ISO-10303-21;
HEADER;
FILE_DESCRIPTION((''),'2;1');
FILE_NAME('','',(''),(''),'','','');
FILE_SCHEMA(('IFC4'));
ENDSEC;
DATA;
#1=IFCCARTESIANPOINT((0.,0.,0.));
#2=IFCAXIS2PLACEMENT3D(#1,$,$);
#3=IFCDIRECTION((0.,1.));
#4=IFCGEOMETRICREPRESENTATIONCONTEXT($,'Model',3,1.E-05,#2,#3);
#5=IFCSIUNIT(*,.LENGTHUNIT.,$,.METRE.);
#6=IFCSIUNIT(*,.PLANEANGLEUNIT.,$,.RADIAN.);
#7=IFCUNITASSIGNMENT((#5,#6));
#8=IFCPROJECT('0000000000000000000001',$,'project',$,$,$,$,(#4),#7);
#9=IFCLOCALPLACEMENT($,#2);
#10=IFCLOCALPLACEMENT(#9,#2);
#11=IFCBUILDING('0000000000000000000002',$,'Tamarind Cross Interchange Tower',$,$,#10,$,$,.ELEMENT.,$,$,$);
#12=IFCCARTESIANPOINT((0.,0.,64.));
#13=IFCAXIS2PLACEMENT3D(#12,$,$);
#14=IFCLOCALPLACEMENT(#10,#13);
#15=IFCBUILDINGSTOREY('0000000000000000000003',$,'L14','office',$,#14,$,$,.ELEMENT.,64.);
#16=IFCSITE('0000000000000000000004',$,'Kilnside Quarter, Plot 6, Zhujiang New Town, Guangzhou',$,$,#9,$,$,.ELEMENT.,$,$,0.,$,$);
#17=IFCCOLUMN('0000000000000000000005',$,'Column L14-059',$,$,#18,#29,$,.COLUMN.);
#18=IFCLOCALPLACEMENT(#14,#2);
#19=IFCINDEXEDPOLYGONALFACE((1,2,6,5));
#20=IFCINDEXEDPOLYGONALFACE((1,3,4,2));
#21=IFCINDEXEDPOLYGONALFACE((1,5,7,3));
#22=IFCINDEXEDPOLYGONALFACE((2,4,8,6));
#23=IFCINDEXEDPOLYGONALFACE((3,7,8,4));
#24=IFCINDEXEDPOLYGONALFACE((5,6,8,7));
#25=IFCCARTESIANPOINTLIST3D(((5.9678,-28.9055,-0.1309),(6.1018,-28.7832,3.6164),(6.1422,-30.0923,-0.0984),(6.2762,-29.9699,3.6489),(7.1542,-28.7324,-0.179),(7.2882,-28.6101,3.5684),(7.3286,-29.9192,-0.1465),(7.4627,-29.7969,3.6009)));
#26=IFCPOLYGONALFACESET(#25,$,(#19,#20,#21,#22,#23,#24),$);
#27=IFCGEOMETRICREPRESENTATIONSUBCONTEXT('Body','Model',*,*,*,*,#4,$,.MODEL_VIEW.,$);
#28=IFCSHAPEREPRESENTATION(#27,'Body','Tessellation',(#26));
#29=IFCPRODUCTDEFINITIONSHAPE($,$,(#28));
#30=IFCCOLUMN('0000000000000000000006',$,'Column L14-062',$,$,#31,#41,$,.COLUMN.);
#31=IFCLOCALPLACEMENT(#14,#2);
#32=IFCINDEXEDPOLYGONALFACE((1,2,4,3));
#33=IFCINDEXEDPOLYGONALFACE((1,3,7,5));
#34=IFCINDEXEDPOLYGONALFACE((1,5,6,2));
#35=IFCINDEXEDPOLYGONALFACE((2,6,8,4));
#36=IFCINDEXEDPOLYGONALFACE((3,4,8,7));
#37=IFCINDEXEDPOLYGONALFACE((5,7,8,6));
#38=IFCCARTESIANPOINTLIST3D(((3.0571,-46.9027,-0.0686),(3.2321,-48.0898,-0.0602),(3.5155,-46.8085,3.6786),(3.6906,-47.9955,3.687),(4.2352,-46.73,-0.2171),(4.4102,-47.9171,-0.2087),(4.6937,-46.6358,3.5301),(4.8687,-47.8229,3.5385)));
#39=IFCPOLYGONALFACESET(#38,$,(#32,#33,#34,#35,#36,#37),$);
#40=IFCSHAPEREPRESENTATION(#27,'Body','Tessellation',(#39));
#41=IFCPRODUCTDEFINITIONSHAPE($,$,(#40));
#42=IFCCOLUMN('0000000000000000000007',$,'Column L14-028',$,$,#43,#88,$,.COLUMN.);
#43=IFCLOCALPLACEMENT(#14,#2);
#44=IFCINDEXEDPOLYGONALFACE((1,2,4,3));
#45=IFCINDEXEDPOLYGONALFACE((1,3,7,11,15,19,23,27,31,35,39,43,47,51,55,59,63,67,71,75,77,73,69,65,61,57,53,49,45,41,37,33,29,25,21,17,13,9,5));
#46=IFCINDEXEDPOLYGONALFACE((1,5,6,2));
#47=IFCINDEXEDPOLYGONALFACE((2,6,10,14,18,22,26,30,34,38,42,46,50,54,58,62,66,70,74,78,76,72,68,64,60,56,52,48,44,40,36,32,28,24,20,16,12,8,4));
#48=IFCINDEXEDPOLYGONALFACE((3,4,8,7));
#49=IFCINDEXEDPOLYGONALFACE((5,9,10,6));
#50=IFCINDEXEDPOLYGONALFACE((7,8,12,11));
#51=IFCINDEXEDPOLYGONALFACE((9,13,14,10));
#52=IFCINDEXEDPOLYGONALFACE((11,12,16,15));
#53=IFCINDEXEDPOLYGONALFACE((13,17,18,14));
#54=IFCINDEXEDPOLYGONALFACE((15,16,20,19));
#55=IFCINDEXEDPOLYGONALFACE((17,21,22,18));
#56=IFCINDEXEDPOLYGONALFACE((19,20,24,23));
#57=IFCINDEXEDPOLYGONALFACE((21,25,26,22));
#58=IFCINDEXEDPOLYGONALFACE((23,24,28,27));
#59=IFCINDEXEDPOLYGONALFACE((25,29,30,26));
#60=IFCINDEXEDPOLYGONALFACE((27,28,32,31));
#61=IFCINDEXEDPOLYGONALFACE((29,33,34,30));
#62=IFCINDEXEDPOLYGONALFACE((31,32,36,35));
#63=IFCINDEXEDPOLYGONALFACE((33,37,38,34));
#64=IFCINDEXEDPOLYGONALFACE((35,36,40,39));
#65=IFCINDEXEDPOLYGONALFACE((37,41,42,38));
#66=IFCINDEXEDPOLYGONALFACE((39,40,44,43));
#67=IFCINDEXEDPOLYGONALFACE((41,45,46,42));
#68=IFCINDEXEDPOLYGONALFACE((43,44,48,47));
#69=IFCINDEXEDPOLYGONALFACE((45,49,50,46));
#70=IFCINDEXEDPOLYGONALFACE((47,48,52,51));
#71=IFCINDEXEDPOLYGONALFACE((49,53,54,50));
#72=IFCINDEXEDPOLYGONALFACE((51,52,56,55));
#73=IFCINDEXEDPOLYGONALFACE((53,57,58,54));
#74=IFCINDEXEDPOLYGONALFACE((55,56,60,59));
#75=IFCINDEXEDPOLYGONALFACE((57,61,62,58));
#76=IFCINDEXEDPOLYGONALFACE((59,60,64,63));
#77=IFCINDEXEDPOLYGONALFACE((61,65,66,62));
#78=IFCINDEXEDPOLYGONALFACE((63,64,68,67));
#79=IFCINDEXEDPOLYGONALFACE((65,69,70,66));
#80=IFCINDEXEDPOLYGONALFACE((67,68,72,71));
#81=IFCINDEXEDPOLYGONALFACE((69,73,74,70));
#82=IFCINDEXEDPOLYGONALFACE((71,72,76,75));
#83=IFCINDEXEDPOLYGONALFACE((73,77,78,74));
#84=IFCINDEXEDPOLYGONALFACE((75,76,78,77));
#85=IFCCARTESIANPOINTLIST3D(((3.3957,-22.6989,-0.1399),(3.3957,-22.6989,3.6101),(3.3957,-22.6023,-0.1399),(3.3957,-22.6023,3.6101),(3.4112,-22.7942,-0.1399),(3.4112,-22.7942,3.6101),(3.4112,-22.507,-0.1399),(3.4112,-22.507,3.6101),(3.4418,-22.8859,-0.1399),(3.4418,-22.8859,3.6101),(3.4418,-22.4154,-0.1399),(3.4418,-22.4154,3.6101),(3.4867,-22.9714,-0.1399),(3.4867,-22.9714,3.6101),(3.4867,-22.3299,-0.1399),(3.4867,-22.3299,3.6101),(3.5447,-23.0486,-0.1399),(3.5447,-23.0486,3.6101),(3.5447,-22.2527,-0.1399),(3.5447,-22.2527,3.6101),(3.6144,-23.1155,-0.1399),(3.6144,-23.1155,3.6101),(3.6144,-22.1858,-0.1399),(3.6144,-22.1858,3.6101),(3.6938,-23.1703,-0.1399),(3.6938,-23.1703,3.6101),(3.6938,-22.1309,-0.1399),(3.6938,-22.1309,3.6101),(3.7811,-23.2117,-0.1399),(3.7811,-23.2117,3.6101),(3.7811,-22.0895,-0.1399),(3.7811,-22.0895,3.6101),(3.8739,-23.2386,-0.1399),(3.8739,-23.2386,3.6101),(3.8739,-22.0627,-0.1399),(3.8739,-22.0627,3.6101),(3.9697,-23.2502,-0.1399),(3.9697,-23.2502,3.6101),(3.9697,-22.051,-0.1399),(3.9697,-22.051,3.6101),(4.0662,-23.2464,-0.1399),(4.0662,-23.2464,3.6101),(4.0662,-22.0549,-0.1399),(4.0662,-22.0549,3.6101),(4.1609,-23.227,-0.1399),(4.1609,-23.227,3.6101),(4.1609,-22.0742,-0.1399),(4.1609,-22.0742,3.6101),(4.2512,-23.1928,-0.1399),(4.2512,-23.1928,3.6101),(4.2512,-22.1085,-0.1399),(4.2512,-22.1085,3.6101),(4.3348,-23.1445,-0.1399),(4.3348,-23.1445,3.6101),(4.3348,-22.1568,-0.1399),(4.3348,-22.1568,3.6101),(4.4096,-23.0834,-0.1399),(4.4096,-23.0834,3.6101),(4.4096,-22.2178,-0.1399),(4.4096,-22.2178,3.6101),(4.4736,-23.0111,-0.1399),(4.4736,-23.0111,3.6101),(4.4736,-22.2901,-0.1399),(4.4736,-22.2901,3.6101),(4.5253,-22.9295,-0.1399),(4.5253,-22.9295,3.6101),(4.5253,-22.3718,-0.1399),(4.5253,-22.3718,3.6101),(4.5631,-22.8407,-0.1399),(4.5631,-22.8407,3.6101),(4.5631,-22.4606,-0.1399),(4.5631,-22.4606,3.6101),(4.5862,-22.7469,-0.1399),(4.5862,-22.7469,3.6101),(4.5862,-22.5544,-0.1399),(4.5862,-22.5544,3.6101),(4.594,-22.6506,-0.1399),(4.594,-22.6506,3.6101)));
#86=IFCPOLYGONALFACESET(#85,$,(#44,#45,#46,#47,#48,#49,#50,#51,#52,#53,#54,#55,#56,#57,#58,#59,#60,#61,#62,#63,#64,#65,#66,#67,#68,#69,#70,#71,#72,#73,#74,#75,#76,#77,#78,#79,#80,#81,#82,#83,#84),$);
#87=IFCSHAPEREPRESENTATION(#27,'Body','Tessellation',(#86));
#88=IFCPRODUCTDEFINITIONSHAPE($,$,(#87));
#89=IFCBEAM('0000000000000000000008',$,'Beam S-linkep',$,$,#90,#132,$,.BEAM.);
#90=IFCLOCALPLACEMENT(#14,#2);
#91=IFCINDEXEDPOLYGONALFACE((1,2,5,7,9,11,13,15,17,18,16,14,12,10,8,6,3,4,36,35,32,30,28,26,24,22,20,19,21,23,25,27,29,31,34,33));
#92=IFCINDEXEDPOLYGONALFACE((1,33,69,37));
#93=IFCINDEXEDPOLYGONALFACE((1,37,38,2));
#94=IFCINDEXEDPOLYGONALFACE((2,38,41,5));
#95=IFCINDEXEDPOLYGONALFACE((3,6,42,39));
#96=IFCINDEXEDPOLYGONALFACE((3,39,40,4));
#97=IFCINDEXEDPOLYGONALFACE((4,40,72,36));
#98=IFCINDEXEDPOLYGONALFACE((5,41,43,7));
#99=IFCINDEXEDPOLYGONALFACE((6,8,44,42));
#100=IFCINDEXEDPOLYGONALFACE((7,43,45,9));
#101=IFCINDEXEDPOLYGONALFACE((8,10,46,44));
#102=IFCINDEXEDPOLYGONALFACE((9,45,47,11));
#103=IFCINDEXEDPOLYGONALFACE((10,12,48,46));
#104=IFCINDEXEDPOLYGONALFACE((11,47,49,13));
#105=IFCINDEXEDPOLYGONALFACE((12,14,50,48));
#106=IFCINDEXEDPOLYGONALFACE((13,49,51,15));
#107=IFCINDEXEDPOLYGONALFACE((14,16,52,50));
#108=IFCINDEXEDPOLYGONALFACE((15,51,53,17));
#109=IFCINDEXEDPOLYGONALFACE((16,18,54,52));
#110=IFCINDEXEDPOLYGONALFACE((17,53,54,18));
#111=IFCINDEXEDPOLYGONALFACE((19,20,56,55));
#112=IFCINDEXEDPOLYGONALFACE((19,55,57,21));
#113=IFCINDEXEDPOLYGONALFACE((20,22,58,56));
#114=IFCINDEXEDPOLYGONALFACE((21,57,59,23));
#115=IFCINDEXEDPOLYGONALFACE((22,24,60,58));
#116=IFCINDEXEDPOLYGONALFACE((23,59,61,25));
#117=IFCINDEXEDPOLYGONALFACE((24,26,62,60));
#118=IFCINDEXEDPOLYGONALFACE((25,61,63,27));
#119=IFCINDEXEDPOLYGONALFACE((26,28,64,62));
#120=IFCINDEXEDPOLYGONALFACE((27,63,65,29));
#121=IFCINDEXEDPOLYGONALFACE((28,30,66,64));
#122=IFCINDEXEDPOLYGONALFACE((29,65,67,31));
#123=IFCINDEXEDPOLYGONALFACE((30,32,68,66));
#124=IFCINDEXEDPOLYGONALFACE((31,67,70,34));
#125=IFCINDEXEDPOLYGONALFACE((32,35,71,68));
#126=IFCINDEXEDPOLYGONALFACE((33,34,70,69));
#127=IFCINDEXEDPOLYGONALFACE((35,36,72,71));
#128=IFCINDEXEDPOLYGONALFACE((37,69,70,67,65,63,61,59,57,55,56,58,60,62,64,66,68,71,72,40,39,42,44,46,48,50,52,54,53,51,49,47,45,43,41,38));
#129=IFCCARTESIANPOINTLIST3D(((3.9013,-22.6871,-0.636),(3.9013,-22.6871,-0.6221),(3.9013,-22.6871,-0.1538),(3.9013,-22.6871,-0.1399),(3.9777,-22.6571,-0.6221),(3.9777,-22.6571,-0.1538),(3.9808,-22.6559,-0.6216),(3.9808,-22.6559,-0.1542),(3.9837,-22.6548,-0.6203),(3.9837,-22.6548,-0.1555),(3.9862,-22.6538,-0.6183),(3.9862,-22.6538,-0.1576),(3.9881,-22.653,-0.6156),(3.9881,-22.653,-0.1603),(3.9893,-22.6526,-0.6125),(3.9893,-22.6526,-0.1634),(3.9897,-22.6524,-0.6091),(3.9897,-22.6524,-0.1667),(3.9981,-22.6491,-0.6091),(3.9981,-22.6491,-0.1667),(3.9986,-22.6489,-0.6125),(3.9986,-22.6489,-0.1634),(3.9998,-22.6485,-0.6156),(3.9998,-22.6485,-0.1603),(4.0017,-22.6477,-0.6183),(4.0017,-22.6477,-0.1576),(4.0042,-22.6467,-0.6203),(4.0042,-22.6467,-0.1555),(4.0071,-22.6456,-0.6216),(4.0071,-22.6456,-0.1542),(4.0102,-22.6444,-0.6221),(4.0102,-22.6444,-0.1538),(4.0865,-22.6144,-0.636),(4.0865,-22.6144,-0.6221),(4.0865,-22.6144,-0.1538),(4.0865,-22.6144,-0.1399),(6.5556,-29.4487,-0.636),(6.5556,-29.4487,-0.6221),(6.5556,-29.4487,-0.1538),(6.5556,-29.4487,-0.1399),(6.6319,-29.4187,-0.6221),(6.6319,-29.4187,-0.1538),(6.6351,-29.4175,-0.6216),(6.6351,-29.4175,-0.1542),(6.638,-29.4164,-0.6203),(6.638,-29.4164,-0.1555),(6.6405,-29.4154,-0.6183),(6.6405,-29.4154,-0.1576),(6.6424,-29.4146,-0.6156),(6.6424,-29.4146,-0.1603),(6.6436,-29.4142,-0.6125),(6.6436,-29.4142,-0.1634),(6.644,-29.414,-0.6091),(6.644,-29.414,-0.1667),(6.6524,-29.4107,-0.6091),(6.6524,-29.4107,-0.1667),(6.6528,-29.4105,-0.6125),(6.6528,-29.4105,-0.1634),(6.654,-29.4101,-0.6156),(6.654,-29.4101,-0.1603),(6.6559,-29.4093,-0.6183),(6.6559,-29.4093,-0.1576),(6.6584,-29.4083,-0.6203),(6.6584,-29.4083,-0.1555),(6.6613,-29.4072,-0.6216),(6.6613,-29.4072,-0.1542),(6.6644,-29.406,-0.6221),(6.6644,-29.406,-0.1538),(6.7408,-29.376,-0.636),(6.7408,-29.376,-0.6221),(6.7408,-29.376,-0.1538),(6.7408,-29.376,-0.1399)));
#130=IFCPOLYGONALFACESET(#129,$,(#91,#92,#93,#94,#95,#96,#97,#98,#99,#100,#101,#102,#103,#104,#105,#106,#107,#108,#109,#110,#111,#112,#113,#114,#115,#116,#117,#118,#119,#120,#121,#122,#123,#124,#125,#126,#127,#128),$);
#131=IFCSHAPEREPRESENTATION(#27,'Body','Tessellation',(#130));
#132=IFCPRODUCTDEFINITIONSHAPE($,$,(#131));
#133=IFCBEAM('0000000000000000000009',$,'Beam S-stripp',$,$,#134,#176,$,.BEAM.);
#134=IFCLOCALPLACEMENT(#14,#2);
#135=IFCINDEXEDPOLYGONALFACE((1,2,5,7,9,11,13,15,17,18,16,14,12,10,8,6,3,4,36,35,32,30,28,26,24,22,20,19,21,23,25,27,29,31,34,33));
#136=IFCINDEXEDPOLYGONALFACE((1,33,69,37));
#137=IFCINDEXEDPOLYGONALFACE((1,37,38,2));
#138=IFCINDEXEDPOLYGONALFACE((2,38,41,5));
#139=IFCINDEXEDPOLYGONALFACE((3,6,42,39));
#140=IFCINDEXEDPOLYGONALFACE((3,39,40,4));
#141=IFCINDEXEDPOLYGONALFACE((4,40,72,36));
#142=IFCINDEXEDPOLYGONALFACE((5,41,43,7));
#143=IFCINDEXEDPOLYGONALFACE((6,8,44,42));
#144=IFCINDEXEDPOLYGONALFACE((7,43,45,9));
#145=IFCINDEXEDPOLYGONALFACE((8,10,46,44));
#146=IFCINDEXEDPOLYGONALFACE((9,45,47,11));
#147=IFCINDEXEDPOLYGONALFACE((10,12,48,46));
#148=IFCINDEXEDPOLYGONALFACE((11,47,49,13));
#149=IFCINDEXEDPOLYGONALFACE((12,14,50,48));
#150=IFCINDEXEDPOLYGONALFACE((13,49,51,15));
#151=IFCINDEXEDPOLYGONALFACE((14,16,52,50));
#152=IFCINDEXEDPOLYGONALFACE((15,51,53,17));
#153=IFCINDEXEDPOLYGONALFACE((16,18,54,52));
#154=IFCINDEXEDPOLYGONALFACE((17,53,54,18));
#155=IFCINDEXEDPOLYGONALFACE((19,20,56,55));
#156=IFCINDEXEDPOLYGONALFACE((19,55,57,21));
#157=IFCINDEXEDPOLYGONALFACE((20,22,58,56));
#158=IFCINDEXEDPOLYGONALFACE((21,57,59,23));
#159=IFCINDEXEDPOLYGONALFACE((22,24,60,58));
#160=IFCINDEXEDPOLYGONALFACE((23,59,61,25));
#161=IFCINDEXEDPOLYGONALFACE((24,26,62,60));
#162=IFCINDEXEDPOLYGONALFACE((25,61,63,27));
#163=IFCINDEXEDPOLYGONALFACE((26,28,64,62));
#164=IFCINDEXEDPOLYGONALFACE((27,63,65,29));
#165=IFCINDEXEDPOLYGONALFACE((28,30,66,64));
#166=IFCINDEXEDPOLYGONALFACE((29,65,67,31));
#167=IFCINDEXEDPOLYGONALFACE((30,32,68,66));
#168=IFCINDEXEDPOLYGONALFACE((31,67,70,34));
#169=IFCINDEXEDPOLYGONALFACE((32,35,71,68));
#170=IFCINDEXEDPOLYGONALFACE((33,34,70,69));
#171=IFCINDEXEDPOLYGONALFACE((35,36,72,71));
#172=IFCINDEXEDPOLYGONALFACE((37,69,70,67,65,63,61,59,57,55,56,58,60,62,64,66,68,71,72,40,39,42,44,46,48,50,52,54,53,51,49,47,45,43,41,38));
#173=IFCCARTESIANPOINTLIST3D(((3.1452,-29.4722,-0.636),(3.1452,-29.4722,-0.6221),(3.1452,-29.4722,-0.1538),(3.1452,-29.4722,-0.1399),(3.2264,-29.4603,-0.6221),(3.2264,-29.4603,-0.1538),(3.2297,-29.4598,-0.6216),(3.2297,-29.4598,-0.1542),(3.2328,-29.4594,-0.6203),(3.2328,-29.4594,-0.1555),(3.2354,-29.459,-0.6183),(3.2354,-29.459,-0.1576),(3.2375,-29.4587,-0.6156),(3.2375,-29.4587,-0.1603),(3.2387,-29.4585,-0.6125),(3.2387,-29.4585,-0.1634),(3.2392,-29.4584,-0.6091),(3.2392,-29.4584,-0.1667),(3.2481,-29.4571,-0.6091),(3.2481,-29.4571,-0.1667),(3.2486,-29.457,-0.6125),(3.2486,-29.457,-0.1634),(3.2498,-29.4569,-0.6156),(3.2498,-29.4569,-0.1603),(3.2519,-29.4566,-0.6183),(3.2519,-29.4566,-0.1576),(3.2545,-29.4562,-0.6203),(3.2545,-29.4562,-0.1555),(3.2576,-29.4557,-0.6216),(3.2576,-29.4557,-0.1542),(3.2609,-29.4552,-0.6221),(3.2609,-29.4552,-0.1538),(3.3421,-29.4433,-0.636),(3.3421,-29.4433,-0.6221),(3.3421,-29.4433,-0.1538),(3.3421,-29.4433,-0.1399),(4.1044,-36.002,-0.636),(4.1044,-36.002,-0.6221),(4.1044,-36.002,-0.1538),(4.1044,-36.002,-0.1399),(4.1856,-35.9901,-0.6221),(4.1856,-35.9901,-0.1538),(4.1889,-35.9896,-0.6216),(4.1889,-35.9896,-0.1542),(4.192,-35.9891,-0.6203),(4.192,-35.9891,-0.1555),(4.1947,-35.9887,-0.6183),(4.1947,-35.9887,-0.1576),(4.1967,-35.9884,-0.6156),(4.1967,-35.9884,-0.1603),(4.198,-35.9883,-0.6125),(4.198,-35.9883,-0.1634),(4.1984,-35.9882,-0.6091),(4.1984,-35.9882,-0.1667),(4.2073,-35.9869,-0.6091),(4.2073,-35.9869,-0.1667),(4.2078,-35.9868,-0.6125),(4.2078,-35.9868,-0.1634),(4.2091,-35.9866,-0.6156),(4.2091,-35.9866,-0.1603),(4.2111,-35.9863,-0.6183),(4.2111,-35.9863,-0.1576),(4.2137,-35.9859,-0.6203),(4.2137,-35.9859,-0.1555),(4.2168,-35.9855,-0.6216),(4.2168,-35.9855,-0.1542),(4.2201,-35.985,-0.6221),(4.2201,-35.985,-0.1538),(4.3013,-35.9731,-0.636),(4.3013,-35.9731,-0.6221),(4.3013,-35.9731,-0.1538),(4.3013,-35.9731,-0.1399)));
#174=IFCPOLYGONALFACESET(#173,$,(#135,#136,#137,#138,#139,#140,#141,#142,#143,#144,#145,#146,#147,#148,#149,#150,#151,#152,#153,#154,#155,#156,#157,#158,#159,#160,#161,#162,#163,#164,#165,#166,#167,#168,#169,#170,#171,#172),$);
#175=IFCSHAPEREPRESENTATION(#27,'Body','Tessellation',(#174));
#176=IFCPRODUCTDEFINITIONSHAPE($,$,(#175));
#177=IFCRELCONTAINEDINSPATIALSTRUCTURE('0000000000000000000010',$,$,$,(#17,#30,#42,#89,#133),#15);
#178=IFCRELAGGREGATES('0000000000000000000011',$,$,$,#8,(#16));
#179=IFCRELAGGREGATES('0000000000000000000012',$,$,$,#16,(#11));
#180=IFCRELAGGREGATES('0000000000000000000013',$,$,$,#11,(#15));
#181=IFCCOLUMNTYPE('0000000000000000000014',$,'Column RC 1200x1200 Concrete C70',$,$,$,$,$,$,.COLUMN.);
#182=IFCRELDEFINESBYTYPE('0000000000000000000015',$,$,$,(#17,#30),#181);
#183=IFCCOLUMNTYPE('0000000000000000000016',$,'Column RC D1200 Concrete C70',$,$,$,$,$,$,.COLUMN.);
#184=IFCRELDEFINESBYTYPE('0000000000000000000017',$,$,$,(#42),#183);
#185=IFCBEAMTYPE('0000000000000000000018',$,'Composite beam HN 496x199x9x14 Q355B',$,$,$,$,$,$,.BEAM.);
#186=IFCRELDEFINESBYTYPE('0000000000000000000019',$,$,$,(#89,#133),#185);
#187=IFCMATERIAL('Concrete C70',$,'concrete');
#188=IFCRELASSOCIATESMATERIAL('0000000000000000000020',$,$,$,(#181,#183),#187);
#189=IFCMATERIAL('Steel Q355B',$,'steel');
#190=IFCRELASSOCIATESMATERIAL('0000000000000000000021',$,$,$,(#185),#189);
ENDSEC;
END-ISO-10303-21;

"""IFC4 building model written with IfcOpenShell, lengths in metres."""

from ifc_helpers import new_model, si_unit, direction, frame, origin, origin_2d, place, context, subcontext, project, spatial, rectangle, circle, i_section, extrude, material, material_profile, profile_set, type_object, element, save


model = new_model("IFC4")

# Units and contexts
model_context = context("Model", 3, precision=1e-05, world=origin(), true_north=direction((0.0, 1.0)))
body_context = subcontext(model_context, "Body", "Model", "MODEL_VIEW")
ifc_project = project(units=[si_unit("LENGTHUNIT", "METRE"), si_unit("PLANEANGLEUNIT", "RADIAN")], contexts=[model_context])

# Site, building, storey
site_placement = place(None, origin())
site = spatial("IfcSite", under=ifc_project, at=site_placement, Name="Kilnside Quarter, Plot 6, Zhujiang New Town, Guangzhou", CompositionType="ELEMENT", RefElevation=0.0)
building_placement = place(site_placement, origin())
building = spatial("IfcBuilding", under=site, at=building_placement, Name="Tamarind Cross Interchange Tower", CompositionType="ELEMENT")
storey_placement = place(building_placement, frame((0.0, 0.0, 64.0)))
storey = spatial("IfcBuildingStorey", under=building, at=storey_placement, Name="L14", Description="office", CompositionType="ELEMENT", Elevation=64.0)

# Columns
ifc_material_1 = material(Name="Concrete C70", Category="concrete")
ifc_material_profile_1 = material_profile(ifc_material_1, rectangle(XDim=1.2, YDim=1.2, at=origin_2d()), Name="RC 1200x1200")
ifc_profile_set_1 = profile_set([ifc_material_profile_1], Name="Concrete C70")
column_type_1 = type_object("IfcColumnType", Name="Column RC 1200x1200 Concrete C70", PredefinedType="COLUMN", material=ifc_profile_set_1)
column_1_placement = place(storey_placement, frame((6.6482, -29.4124, -0.1387), z_axis=(0.035726, 0.032602, 0.99883), x_axis=(-0.988735, -0.144216, 0.040072)))
element("IfcColumn", 1, at=column_1_placement, inside=storey, type_object=column_type_1, Name="Column L14-059", PredefinedType="COLUMN", context=body_context, shape_type="SweptSolid", body=[
    extrude(rectangle(XDim=1.2, YDim=1.2, at=origin_2d()), origin(), (0.0, 0.0, 1.0), 3.7517),
])
column_2_placement = place(storey_placement, frame((3.7336, -47.4099, -0.1387), z_axis=(0.12141, 0.024954, 0.992289), x_axis=(-0.981827, -0.143882, 0.123748)))
element("IfcColumn", 2, at=column_2_placement, inside=storey, type_object=column_type_1, Name="Column L14-062", PredefinedType="COLUMN", context=body_context, shape_type="SweptSolid", body=[
    extrude(rectangle(XDim=1.2, YDim=1.2, at=origin_2d()), origin(), (0.0, 0.0, 1.0), 3.7764),
])
ifc_material_profile_2 = material_profile(ifc_material_1, circle(Radius=0.6001, at=origin_2d()), Name="RC D1200")
ifc_profile_set_2 = profile_set([ifc_material_profile_2], Name="Concrete C70")
column_type_2 = type_object("IfcColumnType", Name="Column RC D1200 Concrete C70", PredefinedType="COLUMN", material=ifc_profile_set_2)
column_3_placement = place(storey_placement, frame((3.9939, -22.6506, -0.1399), z_axis=(0.0, 0.0, 1.0), x_axis=(1.0, 0.0, 0.0)))
element("IfcColumn", 3, at=column_3_placement, inside=storey, type_object=column_type_2, Name="Column L14-028", PredefinedType="COLUMN", context=body_context, shape_type="SweptSolid", body=[
    extrude(circle(Radius=0.6001, at=origin_2d()), origin(), (0.0, 0.0, 1.0), 3.75),
])

# Beams
ifc_material_2 = material(Name="Steel Q355B", Category="steel")
ifc_material_profile_3 = material_profile(ifc_material_2, i_section(OverallWidth=0.199, OverallDepth=0.4961, WebThickness=0.009, FlangeThickness=0.0139, FilletRadius=0.0129, at=origin_2d()), Name="HN 496x199x9x14")
ifc_profile_set_3 = profile_set([ifc_material_profile_3], Name="Steel Q355B")
beam_type_1 = type_object("IfcBeamType", Name="Composite beam HN 496x199x9x14 Q355B", PredefinedType="BEAM", material=ifc_profile_set_3)
beam_1_placement = place(storey_placement, frame((6.6482, -29.4124, -0.3879), z_axis=(-0.365403, 0.93085, 0.0), x_axis=(-0.93085, -0.365403, 0.0)))
element("IfcBeam", 4, at=beam_1_placement, inside=storey, type_object=beam_type_1, Name="Beam S-linkep", PredefinedType="BEAM", context=body_context, shape_type="SweptSolid", body=[
    extrude(i_section(OverallWidth=0.199, OverallDepth=0.4961, WebThickness=0.009, FlangeThickness=0.0139, FilletRadius=0.0129, at=origin_2d()), origin(), (0.0, 0.0, 1.0), 7.2639),
])
beam_2_placement = place(storey_placement, frame((3.2437, -29.4578, -0.3879), z_axis=(0.145341, -0.989382, 0.0), x_axis=(0.989382, 0.145341, 0.0)))
element("IfcBeam", 5, at=beam_2_placement, inside=storey, type_object=beam_type_1, Name="Beam S-stripp", PredefinedType="BEAM", context=body_context, shape_type="SweptSolid", body=[
    extrude(i_section(OverallWidth=0.199, OverallDepth=0.4961, WebThickness=0.009, FlangeThickness=0.0139, FilletRadius=0.0129, at=origin_2d()), origin(), (0.0, 0.0, 1.0), 6.5999),
])

save(model, "model.ifc")
